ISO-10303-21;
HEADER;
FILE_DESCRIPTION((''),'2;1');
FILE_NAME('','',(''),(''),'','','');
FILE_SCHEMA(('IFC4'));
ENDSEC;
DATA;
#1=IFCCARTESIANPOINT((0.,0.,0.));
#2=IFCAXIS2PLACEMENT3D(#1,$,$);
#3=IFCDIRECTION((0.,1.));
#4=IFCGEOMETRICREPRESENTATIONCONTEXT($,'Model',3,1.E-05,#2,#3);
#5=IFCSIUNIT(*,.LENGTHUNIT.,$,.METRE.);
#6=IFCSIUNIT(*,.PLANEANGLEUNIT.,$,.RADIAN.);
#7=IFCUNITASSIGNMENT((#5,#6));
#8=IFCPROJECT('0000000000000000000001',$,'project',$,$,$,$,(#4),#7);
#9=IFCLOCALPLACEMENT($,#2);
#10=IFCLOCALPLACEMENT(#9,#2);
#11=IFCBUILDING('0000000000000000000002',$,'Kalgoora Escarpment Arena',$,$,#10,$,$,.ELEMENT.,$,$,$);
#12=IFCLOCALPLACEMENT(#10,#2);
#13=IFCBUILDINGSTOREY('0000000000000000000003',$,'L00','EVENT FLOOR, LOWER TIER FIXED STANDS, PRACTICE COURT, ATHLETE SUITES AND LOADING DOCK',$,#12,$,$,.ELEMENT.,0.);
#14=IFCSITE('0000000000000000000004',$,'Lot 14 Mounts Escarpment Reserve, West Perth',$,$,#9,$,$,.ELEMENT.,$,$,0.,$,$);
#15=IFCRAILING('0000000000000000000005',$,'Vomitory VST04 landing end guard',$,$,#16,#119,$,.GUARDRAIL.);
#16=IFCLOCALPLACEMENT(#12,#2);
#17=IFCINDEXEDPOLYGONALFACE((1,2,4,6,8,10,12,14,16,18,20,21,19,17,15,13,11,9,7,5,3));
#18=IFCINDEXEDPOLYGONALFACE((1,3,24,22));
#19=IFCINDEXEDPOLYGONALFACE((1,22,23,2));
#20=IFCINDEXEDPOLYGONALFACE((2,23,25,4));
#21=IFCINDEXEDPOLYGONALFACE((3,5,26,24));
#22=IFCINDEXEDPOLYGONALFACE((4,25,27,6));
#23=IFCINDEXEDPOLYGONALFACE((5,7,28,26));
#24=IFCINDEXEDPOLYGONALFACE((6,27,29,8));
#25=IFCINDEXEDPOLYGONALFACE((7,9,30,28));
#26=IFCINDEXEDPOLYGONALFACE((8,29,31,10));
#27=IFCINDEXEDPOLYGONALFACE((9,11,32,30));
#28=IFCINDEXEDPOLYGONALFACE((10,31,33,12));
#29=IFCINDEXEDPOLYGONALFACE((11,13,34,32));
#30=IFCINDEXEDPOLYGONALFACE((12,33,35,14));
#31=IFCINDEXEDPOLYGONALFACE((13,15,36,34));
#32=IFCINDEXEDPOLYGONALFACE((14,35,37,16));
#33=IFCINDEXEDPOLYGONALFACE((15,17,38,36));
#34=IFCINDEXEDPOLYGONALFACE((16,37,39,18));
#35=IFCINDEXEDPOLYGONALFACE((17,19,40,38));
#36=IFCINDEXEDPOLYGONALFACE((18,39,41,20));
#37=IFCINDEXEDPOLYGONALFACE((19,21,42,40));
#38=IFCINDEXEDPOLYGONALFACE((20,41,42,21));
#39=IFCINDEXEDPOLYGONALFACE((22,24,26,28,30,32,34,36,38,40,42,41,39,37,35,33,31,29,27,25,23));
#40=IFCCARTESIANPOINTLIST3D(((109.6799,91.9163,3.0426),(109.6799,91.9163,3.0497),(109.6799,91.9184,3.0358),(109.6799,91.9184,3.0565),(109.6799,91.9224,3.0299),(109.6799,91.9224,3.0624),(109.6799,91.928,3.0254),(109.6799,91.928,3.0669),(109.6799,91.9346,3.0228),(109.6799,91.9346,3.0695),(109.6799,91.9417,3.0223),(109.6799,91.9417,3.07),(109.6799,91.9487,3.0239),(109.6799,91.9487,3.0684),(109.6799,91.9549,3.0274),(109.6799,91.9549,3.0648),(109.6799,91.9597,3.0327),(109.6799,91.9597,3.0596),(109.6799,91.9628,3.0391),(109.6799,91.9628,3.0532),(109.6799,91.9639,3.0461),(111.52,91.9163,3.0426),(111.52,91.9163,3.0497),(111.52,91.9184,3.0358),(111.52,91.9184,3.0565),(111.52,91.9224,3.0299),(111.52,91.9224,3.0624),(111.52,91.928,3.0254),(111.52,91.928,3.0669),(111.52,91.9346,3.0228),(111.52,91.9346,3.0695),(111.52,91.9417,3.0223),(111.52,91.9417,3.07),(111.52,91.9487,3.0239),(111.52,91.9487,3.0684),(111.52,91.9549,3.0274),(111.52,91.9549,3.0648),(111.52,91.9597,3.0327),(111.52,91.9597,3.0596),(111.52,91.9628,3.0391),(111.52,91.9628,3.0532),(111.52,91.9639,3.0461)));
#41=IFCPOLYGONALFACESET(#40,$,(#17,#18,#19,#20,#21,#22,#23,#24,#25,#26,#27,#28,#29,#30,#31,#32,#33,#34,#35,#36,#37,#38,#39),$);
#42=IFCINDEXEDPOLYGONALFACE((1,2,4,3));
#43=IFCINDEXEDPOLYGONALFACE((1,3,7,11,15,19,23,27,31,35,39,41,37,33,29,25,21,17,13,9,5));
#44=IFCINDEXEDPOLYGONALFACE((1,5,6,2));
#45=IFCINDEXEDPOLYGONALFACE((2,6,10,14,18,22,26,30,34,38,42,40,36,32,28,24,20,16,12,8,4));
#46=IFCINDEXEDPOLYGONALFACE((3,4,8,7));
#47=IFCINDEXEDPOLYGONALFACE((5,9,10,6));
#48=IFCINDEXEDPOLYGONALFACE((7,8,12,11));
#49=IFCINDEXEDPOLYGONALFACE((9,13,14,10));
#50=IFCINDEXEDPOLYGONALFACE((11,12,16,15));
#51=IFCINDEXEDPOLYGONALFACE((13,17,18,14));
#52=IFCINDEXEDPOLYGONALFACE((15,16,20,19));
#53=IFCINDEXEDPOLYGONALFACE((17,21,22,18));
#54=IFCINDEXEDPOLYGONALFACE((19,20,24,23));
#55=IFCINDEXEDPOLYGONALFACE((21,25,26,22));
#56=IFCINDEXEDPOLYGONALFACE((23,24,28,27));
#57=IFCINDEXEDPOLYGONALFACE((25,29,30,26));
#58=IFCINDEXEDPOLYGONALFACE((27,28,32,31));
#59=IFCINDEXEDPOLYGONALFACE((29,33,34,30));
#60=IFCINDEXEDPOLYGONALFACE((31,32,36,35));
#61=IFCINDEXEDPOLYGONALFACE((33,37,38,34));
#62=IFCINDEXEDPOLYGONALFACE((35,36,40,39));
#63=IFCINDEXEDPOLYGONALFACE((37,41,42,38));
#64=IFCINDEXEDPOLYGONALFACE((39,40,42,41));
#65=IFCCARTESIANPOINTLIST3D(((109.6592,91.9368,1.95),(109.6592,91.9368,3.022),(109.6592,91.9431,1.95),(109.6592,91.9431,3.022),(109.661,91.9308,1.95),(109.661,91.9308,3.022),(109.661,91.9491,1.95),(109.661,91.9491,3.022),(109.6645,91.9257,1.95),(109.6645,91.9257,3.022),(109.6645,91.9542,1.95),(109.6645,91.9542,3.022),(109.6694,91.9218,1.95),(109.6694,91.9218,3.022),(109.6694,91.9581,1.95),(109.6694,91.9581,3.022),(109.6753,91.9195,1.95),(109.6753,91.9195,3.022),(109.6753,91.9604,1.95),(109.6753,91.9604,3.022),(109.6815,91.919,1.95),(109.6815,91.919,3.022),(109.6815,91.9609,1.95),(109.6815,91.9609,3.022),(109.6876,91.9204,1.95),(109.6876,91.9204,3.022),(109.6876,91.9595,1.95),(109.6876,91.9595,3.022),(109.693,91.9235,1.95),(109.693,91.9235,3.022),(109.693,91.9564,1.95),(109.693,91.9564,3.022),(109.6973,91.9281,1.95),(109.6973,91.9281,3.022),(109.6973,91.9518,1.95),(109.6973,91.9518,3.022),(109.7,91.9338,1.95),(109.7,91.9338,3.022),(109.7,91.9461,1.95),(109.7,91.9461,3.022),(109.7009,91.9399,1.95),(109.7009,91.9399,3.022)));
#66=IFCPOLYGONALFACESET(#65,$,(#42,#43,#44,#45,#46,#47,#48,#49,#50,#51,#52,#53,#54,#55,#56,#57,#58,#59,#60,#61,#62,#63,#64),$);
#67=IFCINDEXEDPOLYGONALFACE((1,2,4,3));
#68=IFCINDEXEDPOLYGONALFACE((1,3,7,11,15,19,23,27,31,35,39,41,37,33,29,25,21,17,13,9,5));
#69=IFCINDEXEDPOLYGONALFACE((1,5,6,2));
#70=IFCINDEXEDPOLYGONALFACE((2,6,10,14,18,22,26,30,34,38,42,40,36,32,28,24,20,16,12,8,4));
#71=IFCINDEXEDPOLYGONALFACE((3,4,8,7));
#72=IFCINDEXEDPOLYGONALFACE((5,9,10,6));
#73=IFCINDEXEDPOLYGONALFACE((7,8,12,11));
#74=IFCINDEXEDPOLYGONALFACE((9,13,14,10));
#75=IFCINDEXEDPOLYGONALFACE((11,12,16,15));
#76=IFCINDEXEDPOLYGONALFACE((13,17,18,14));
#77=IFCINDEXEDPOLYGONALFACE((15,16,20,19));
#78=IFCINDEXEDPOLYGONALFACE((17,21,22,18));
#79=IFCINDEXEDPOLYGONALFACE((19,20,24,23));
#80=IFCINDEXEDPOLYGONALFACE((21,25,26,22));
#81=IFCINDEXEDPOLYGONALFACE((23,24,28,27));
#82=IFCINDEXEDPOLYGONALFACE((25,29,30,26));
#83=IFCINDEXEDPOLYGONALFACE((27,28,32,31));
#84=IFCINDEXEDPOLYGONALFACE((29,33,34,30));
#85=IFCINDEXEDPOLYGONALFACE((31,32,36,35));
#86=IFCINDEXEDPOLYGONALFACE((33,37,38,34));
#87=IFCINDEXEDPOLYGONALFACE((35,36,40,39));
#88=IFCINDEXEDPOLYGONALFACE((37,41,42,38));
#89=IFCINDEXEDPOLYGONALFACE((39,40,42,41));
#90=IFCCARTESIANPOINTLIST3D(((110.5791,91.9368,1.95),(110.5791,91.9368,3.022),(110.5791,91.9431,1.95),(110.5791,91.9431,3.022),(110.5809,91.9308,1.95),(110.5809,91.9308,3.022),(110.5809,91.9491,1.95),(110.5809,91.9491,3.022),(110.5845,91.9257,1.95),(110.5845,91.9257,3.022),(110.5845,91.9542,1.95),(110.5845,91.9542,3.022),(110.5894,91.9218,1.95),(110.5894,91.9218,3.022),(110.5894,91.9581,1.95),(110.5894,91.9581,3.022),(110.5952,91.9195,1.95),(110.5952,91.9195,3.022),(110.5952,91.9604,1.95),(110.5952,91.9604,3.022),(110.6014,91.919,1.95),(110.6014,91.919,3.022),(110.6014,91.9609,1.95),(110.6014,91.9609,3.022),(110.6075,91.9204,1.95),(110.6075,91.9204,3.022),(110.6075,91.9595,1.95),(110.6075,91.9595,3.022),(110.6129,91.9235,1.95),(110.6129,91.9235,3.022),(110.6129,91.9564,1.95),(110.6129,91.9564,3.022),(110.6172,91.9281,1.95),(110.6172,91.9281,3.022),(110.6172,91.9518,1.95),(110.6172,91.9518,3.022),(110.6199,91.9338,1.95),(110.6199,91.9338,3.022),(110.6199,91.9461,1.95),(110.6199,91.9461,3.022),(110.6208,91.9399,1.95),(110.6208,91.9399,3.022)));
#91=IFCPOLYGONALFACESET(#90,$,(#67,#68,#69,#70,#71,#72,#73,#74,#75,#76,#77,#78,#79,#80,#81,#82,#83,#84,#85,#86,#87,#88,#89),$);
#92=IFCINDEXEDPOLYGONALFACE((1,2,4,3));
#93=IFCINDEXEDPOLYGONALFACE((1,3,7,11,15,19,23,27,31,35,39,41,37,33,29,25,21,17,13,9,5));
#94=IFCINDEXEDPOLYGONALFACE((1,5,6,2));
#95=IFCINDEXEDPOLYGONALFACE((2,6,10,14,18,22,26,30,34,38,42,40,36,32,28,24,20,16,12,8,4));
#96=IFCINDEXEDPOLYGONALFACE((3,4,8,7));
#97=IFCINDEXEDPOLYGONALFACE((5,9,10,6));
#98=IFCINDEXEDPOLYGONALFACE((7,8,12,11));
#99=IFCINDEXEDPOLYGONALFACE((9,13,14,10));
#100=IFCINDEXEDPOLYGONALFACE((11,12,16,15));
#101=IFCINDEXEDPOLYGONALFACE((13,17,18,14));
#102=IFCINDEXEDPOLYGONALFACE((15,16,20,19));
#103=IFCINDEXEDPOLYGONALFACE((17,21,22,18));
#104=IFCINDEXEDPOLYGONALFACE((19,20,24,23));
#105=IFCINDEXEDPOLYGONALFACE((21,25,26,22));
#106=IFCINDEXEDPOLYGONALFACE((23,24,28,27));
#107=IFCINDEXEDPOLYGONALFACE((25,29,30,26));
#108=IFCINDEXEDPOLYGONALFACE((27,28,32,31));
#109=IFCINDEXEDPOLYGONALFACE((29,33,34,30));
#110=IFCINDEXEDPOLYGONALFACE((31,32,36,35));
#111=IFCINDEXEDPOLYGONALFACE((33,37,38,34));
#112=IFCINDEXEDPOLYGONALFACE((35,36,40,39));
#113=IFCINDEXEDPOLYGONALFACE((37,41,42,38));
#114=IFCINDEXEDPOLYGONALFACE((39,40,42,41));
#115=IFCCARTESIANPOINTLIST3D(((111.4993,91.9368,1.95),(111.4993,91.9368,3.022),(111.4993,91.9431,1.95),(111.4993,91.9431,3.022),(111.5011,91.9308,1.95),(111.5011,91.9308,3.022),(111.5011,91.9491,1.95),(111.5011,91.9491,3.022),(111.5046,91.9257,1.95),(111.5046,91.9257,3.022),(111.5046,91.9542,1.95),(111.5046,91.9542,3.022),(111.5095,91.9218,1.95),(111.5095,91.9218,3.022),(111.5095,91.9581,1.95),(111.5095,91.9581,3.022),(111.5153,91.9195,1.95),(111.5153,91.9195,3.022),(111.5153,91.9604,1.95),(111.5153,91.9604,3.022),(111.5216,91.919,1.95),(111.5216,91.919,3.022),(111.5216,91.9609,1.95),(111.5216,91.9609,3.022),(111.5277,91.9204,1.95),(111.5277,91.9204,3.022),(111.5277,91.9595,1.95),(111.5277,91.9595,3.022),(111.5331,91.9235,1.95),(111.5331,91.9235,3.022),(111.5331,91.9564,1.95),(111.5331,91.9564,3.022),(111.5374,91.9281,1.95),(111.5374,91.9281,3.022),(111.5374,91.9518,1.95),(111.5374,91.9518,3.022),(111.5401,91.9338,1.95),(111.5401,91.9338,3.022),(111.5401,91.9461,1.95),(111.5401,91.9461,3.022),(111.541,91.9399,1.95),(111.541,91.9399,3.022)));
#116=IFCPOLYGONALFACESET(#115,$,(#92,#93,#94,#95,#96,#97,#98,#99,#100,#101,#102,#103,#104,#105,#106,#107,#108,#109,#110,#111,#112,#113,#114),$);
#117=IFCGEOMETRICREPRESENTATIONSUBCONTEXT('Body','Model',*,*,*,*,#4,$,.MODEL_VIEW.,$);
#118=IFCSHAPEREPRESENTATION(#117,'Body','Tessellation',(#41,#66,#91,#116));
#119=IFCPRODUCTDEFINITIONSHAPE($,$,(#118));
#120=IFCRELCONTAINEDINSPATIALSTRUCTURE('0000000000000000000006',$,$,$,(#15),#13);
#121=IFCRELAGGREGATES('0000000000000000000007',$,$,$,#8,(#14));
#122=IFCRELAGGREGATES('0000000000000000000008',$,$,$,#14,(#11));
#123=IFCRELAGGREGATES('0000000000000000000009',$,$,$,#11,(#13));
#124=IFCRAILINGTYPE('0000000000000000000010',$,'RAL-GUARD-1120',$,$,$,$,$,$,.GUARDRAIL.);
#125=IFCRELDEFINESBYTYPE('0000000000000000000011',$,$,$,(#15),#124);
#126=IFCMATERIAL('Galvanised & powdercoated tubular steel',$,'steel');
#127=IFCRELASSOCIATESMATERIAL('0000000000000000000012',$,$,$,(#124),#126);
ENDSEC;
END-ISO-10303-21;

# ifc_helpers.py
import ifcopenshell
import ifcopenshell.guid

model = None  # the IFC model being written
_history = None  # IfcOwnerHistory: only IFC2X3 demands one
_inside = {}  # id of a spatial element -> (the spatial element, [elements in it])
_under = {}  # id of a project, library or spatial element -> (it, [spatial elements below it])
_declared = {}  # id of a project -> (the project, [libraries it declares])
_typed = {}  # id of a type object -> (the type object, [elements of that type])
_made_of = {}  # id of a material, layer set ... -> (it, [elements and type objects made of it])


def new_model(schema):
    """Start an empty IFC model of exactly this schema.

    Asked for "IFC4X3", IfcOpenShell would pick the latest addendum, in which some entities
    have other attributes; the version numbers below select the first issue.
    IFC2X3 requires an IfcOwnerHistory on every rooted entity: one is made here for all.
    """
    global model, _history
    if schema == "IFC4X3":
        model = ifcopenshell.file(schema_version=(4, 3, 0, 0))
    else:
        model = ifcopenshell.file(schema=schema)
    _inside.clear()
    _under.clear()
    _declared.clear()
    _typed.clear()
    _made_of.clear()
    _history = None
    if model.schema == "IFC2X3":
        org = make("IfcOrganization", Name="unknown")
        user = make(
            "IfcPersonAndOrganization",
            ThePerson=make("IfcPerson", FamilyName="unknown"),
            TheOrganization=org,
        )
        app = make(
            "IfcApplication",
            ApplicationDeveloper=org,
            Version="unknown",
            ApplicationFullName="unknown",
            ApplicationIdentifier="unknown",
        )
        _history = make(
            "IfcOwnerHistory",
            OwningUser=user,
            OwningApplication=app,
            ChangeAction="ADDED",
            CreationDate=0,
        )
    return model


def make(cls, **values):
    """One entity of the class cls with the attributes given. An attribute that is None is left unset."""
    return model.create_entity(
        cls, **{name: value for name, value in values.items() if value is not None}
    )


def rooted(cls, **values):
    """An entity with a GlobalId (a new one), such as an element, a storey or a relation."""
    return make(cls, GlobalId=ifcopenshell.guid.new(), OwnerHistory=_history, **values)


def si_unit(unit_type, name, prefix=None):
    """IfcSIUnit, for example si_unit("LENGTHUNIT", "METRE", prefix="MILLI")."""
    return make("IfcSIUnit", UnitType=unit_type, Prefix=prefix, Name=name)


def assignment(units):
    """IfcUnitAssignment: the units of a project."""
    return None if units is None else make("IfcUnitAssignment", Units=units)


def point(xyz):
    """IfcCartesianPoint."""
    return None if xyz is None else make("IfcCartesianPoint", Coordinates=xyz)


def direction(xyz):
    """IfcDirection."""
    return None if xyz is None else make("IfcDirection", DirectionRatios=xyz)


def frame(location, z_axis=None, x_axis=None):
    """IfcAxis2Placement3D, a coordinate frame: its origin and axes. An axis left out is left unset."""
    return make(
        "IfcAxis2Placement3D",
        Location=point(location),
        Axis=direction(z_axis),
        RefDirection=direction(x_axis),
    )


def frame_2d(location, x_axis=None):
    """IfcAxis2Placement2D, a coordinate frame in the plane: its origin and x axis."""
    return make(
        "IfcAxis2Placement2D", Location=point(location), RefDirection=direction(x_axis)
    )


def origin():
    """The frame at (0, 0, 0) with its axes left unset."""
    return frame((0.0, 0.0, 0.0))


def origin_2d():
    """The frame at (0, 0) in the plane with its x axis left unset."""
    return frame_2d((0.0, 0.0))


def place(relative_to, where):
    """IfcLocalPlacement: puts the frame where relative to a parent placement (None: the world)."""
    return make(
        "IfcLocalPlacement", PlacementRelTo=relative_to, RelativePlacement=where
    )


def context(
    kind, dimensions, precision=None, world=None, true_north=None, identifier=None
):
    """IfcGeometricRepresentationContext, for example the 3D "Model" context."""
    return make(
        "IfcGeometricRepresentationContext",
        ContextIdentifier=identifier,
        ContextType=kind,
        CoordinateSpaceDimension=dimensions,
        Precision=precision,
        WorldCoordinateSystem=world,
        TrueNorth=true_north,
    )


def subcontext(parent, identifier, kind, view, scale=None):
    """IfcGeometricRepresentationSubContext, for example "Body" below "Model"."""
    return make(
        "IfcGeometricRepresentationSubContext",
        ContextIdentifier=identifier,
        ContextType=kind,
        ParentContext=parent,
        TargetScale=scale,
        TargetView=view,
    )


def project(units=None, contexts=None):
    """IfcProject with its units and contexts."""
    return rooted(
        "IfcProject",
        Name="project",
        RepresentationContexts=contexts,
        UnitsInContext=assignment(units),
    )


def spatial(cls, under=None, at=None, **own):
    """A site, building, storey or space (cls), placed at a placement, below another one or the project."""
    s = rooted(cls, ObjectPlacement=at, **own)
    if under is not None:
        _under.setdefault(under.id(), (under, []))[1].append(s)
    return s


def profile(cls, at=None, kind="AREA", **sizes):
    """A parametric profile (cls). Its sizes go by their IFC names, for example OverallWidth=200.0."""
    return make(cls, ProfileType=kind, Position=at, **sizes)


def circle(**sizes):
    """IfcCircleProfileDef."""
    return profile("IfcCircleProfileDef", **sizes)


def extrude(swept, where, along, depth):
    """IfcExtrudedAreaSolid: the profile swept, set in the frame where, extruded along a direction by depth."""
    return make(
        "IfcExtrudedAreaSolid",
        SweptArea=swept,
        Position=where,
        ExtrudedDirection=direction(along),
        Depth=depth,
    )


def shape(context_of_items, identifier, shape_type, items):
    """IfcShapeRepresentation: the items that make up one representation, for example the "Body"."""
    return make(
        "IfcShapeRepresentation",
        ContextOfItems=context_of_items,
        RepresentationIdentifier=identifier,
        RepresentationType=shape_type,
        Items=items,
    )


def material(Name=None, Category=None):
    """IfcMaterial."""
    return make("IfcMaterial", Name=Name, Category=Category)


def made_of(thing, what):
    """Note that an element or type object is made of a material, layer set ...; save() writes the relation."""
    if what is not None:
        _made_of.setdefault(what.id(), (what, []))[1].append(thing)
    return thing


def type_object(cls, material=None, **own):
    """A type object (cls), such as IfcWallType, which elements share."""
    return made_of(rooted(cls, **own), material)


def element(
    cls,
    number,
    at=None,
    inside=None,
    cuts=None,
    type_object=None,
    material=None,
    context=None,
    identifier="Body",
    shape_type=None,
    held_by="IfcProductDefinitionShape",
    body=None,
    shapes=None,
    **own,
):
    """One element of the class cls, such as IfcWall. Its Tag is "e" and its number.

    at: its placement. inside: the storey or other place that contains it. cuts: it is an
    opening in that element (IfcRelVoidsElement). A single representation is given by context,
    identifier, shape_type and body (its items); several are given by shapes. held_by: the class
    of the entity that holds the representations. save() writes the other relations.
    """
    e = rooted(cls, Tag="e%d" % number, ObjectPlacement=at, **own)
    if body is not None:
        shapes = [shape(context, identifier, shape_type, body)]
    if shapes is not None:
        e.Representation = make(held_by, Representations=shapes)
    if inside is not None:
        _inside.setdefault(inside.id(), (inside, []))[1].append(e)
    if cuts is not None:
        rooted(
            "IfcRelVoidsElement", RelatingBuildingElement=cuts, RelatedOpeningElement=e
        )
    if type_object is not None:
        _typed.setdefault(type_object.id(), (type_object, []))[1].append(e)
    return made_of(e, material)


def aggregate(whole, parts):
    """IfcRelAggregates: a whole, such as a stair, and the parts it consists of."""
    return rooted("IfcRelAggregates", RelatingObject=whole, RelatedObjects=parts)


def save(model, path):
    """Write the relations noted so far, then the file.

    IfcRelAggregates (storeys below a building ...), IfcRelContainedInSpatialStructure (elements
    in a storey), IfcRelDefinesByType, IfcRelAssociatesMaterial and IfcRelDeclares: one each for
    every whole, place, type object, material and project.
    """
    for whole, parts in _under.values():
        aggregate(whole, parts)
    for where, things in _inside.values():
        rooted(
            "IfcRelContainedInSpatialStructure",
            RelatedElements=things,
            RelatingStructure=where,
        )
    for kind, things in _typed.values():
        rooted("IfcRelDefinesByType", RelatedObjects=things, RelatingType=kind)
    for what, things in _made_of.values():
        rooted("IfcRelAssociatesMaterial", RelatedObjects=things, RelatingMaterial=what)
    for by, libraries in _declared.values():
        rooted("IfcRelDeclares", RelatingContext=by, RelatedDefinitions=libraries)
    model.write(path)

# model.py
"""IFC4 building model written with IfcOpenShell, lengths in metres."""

from ifc_helpers import new_model, si_unit, direction, frame, origin, origin_2d, place, context, subcontext, project, spatial, circle, extrude, material, type_object, element, save


model = new_model("IFC4")

# Units and contexts
model_context = context("Model", 3, precision=1e-05, world=origin(), true_north=direction((0.0, 1.0)))
body_context = subcontext(model_context, "Body", "Model", "MODEL_VIEW")
ifc_project = project(units=[si_unit("LENGTHUNIT", "METRE"), si_unit("PLANEANGLEUNIT", "RADIAN")], contexts=[model_context])

# Site, building, storey
site_placement = place(None, origin())
site = spatial("IfcSite", under=ifc_project, at=site_placement, Name="Lot 14 Mounts Escarpment Reserve, West Perth", CompositionType="ELEMENT", RefElevation=0.0)
building_placement = place(site_placement, origin())
building = spatial("IfcBuilding", under=site, at=building_placement, Name="Kalgoora Escarpment Arena", CompositionType="ELEMENT")
storey_placement = place(building_placement, origin())
storey = spatial("IfcBuildingStorey", under=building, at=storey_placement, Name="L00", Description="EVENT FLOOR, LOWER TIER FIXED STANDS, PRACTICE COURT, ATHLETE SUITES AND LOADING DOCK", CompositionType="ELEMENT", Elevation=0.0)

# Railing
ifc_material_1 = material(Name="Galvanised & powdercoated tubular steel", Category="steel")
railing_type_1 = type_object("IfcRailingType", Name="RAL-GUARD-1120", PredefinedType="GUARDRAIL", material=ifc_material_1)
railing_1_placement = place(storey_placement, frame((109.6799, 91.9399, 1.95)))
element("IfcRailing", 1, at=railing_1_placement, inside=storey, type_object=railing_type_1, Name="Vomitory VST04 landing end guard", PredefinedType="GUARDRAIL", context=body_context, shape_type="SweptSolid", body=[
    extrude(circle(Radius=0.0239, at=origin_2d()), frame((0.0, 0.0, 1.0962), z_axis=(1.0, 0.0, 0.0), x_axis=(0.0, 1.0, 0.0)), (0.0, 0.0, 1.0), 1.8401),
    extrude(circle(Radius=0.021, at=origin_2d()), origin(), (0.0, 0.0, 1.0), 1.072),
    extrude(circle(Radius=0.021, at=origin_2d()), frame((0.9199, 0.0, 0.0)), (0.0, 0.0, 1.0), 1.072),
    extrude(circle(Radius=0.021, at=origin_2d()), frame((1.8401, 0.0, 0.0)), (0.0, 0.0, 1.0), 1.072),
])

save(model, "model.ifc")
